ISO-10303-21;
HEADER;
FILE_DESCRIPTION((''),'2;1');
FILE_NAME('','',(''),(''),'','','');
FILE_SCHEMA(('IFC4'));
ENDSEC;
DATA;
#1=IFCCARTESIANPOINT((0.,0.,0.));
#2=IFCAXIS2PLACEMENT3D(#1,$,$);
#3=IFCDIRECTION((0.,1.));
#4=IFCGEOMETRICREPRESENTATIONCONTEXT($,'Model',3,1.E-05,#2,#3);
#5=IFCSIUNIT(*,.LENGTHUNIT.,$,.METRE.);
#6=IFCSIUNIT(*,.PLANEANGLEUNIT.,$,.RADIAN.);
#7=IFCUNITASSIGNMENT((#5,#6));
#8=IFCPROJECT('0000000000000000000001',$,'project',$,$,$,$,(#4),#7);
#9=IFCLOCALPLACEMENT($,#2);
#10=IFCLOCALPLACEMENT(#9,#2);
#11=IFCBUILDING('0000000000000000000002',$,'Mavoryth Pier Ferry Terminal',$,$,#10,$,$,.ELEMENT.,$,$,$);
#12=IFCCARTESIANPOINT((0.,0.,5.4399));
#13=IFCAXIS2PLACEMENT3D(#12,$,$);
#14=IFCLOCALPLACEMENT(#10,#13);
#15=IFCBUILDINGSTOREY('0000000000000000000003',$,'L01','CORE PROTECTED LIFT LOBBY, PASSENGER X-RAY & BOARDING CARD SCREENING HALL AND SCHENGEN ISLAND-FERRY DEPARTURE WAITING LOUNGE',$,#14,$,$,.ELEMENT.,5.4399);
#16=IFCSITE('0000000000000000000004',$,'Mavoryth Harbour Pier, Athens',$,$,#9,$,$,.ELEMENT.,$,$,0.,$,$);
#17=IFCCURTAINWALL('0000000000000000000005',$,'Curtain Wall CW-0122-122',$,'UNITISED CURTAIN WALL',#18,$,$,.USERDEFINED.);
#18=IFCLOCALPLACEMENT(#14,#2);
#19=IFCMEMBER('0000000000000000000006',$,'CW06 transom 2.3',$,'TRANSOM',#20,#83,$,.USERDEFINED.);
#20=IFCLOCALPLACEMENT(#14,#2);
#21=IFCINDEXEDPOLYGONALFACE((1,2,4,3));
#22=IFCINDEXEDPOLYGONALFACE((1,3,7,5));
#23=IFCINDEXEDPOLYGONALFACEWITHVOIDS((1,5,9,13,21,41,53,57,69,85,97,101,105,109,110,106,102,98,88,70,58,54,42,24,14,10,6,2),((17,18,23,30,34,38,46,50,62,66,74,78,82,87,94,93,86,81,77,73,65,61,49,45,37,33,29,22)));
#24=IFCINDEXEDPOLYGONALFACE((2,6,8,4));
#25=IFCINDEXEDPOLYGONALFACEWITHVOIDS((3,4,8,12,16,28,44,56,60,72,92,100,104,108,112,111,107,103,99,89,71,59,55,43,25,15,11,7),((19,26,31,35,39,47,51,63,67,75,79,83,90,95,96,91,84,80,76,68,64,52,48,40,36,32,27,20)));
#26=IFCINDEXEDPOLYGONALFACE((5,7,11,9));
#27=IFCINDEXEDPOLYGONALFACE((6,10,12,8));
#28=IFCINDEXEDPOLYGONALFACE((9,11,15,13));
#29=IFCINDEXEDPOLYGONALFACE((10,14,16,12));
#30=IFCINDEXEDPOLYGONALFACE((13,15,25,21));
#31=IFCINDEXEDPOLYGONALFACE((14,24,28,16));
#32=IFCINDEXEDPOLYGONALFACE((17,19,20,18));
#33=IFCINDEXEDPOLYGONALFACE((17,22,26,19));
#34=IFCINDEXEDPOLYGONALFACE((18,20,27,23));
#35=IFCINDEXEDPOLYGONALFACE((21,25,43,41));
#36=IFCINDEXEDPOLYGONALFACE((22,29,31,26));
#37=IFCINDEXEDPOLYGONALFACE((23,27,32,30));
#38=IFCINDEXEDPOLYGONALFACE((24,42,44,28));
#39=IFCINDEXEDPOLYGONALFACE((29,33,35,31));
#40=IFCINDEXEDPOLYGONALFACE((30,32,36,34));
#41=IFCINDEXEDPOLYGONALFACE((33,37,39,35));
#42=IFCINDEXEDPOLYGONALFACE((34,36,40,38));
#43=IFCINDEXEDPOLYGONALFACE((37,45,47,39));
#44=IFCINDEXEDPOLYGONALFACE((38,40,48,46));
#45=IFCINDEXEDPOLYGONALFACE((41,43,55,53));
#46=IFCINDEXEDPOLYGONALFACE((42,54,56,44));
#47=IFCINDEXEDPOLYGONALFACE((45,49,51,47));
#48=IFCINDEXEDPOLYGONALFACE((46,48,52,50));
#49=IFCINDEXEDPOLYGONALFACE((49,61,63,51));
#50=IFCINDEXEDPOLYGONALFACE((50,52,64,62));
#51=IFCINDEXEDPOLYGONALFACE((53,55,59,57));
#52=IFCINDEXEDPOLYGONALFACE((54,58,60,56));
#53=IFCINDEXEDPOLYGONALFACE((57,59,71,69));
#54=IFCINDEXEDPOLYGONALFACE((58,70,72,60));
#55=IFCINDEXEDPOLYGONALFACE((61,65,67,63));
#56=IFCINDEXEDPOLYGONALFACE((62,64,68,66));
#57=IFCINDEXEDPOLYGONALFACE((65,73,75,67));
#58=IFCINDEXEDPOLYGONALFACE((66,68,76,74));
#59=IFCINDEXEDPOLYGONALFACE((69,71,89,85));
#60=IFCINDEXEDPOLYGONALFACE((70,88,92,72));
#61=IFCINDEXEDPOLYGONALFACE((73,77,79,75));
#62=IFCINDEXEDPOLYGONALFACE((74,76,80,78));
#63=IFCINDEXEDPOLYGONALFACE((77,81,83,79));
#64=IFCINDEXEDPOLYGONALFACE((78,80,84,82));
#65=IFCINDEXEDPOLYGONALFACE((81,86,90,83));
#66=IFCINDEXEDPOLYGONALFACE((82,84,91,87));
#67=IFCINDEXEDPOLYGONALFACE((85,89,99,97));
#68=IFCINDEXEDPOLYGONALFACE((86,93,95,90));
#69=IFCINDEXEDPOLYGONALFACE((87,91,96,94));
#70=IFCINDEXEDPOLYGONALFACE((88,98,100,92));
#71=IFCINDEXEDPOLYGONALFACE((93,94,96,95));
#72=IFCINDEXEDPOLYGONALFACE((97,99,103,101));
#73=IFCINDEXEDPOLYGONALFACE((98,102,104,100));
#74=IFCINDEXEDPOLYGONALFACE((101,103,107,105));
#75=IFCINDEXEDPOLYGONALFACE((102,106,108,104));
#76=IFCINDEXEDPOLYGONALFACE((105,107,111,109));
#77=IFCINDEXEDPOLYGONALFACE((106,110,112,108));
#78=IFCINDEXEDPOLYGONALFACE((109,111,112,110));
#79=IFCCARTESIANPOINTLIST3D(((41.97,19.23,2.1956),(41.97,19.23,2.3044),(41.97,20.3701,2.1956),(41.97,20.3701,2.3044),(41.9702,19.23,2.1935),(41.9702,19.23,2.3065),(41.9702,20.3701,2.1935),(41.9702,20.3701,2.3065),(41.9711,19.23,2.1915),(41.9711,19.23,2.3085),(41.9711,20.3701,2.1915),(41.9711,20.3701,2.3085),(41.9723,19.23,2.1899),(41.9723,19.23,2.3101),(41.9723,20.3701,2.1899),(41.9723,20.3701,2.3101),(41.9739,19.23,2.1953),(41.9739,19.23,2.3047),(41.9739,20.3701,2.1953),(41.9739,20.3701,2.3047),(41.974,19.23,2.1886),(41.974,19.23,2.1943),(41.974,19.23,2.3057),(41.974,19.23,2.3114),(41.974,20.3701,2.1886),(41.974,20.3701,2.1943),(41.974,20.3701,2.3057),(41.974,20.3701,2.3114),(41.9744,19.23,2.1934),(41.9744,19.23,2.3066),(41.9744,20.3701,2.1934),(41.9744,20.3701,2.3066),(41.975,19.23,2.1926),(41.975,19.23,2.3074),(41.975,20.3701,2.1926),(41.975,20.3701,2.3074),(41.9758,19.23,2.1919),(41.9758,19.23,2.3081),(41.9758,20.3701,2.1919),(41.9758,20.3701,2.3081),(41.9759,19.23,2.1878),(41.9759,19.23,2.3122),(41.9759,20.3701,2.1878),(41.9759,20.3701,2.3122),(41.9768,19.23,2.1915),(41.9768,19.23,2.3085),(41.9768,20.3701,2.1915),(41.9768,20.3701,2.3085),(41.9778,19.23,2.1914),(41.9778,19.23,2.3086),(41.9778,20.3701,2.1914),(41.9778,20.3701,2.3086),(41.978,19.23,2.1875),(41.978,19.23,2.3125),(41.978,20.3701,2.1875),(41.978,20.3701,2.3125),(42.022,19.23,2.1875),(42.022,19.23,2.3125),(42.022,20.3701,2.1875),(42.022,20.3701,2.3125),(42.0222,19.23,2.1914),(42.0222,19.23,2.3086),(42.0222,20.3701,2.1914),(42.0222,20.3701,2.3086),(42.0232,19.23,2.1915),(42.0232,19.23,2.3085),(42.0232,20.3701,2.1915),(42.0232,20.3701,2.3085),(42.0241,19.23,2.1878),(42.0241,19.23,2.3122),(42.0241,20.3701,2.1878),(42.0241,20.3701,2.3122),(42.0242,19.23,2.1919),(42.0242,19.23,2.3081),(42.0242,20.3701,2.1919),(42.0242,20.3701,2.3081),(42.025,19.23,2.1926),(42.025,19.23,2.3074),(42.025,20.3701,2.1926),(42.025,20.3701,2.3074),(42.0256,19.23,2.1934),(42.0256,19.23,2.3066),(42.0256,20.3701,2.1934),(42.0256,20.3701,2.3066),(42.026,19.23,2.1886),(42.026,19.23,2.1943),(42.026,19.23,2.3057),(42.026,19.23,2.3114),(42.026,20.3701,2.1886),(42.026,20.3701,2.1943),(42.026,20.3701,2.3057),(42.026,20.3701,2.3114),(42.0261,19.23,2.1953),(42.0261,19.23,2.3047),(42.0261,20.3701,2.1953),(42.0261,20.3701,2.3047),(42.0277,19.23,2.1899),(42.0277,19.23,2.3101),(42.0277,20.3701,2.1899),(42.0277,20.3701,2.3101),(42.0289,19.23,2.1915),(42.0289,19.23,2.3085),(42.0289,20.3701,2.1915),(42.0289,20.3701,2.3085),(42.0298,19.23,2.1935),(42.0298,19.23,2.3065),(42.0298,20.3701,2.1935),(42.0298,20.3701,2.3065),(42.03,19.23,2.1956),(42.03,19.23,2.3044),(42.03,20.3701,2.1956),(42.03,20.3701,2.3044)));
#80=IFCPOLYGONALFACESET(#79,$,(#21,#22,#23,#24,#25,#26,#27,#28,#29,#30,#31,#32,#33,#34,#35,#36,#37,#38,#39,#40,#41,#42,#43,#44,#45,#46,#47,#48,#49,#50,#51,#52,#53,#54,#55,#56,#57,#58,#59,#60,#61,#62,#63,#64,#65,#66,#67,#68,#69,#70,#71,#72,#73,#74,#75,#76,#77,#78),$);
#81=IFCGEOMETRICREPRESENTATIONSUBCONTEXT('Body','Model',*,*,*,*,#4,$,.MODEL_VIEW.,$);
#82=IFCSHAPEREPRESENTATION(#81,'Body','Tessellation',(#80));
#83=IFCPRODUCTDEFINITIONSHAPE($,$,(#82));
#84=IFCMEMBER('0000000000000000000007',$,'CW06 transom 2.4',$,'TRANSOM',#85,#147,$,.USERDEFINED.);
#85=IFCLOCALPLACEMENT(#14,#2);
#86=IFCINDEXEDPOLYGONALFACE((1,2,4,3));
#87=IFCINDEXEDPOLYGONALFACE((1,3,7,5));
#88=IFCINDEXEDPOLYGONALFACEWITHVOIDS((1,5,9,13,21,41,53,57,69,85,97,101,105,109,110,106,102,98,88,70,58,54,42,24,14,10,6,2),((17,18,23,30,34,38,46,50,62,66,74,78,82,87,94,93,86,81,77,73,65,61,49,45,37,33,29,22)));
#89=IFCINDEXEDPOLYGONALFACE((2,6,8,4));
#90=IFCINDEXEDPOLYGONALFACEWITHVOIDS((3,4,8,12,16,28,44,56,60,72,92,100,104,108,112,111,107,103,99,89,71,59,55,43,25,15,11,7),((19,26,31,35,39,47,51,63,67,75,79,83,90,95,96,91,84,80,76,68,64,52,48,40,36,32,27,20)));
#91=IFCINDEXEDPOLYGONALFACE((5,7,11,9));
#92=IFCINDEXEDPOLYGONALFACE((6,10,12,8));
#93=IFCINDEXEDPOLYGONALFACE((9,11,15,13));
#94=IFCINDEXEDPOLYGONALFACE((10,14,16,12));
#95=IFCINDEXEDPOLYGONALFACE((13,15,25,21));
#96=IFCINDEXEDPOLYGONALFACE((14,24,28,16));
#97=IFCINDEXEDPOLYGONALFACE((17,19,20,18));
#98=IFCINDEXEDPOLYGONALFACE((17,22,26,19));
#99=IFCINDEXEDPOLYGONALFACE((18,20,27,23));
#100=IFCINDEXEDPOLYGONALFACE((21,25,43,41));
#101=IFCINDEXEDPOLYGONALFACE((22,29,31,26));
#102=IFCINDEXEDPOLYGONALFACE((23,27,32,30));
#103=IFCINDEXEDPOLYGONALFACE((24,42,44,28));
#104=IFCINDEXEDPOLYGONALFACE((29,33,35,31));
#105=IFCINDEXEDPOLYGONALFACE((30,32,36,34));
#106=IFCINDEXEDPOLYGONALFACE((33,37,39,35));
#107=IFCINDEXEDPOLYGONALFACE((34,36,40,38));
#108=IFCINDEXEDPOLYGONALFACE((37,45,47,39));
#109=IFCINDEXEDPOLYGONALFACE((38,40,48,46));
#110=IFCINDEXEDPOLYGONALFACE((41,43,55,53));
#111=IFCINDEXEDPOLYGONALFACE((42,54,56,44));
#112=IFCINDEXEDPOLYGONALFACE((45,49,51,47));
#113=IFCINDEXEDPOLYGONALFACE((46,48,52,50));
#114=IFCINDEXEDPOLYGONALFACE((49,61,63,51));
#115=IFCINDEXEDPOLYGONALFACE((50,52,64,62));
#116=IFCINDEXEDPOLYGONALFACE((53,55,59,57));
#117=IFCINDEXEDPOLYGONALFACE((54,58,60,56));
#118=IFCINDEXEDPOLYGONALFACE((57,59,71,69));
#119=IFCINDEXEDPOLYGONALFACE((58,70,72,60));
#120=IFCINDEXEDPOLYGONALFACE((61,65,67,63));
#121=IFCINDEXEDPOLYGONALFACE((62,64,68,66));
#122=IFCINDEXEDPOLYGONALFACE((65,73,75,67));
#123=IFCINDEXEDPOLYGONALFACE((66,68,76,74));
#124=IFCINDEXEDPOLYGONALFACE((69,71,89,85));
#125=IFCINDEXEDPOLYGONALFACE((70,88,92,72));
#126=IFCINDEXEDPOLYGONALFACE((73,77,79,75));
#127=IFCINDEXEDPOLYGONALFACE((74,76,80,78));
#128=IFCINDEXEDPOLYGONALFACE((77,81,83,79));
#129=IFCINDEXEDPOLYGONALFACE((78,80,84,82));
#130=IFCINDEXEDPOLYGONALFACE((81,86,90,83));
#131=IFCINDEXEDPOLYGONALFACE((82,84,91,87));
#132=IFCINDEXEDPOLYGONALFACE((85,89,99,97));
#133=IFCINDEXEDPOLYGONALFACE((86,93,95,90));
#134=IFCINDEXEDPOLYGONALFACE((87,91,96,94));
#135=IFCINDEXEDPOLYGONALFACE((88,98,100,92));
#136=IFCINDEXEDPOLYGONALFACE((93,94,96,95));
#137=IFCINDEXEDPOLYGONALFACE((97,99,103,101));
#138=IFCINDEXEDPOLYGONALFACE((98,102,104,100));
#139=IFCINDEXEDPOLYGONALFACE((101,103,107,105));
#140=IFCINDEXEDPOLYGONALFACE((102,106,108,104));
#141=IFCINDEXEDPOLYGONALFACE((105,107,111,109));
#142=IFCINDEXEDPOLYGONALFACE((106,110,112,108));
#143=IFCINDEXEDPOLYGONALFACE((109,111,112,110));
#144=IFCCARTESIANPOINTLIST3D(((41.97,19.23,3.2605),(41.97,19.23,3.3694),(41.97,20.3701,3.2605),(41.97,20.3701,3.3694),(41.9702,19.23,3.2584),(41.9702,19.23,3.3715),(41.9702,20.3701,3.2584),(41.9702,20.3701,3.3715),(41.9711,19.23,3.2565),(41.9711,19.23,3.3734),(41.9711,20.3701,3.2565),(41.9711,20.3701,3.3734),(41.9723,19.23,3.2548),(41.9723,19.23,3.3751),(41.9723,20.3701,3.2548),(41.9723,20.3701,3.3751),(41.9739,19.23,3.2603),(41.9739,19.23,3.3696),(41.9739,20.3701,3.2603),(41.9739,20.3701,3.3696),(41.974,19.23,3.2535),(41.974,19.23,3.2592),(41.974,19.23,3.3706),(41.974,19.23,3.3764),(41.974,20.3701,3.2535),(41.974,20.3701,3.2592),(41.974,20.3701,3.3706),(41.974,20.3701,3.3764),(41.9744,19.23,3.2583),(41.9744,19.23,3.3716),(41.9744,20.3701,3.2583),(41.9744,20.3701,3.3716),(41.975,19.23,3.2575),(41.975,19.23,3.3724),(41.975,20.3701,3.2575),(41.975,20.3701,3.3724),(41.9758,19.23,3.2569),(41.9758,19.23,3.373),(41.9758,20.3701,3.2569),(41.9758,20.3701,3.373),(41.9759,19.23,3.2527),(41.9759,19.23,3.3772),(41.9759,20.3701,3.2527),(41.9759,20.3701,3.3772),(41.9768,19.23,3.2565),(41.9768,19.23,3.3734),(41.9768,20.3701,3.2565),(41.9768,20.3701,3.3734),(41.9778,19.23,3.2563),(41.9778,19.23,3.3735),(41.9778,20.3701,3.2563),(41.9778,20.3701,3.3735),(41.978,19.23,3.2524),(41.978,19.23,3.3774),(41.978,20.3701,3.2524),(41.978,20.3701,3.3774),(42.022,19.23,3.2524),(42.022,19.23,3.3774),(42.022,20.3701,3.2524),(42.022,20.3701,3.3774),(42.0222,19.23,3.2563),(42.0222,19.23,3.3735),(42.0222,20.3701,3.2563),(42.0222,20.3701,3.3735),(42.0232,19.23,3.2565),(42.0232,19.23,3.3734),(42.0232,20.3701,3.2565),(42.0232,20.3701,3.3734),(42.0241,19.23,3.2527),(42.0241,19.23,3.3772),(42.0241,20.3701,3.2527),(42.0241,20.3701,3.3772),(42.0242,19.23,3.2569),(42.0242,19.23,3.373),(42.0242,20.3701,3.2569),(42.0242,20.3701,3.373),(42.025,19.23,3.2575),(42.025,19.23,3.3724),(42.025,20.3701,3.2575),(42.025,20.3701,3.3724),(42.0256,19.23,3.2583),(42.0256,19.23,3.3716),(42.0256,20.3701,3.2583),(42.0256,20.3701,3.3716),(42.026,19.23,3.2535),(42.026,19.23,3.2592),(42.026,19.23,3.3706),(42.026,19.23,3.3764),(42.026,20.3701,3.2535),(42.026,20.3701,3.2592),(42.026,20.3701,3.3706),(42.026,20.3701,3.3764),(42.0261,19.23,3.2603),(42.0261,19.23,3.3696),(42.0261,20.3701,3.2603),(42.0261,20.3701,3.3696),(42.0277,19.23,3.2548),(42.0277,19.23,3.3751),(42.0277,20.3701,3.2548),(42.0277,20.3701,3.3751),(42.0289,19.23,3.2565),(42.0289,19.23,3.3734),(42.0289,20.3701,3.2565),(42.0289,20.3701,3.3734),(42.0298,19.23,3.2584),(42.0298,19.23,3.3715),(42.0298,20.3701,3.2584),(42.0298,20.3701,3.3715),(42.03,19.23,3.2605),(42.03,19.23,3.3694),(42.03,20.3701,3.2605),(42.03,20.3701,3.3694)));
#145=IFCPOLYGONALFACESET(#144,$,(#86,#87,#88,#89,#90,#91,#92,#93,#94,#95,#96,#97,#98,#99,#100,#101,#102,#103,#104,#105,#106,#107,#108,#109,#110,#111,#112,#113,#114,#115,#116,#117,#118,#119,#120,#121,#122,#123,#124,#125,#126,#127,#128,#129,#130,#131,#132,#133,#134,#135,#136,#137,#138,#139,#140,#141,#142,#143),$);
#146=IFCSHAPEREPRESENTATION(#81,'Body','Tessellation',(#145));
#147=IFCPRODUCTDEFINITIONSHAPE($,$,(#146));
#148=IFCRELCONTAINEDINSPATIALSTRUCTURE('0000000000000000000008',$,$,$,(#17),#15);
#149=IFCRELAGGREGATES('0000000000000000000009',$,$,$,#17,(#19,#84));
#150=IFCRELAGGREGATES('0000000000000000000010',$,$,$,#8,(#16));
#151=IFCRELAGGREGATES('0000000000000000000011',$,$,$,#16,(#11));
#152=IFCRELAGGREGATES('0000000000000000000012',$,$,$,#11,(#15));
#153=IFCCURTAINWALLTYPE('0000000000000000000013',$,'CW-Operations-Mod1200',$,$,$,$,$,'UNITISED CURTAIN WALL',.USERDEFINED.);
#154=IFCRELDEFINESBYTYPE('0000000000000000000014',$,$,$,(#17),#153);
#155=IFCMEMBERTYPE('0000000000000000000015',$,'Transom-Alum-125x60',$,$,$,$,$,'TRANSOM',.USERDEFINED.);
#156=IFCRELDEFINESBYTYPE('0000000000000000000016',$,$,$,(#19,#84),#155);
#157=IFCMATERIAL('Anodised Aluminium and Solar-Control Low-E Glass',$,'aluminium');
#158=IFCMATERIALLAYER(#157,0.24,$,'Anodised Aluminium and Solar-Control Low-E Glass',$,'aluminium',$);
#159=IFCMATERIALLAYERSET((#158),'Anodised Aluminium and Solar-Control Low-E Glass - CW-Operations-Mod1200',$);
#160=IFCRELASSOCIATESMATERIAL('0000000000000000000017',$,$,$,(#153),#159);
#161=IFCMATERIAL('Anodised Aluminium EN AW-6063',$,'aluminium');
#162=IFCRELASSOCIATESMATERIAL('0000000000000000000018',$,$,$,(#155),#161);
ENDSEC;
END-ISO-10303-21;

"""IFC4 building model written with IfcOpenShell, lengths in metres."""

from ifc_helpers import new_model, si_unit, direction, frame, origin, origin_2d, place, context, subcontext, project, spatial, hollow_rectangle, extrude, material, layer, layer_set, material_profile, profile_set, type_object, element, aggregate, save


model = new_model("IFC4")

# Units and contexts
model_context = context("Model", 3, precision=1e-05, world=origin(), true_north=direction((0.0, 1.0)))
body_context = subcontext(model_context, "Body", "Model", "MODEL_VIEW")
ifc_project = project(units=[si_unit("LENGTHUNIT", "METRE"), si_unit("PLANEANGLEUNIT", "RADIAN")], contexts=[model_context])

# Site, building, storey
site_placement = place(None, origin())
site = spatial("IfcSite", under=ifc_project, at=site_placement, Name="Mavoryth Harbour Pier, Athens", CompositionType="ELEMENT", RefElevation=0.0)
building_placement = place(site_placement, origin())
building = spatial("IfcBuilding", under=site, at=building_placement, Name="Mavoryth Pier Ferry Terminal", CompositionType="ELEMENT")
storey_placement = place(building_placement, frame((0.0, 0.0, 5.4399)))
storey = spatial("IfcBuildingStorey", under=building, at=storey_placement, Name="L01", Description="CORE PROTECTED LIFT LOBBY, PASSENGER X-RAY & BOARDING CARD SCREENING HALL AND SCHENGEN ISLAND-FERRY DEPARTURE WAITING LOUNGE", CompositionType="ELEMENT", Elevation=5.4399)

# Curtain wall, members
ifc_material_1 = material(Name="Anodised Aluminium and Solar-Control Low-E Glass", Category="aluminium")
ifc_layer_1 = layer(ifc_material_1, 0.24, Name="Anodised Aluminium and Solar-Control Low-E Glass", Category="aluminium")
ifc_layer_set_1 = layer_set([ifc_layer_1], Name="Anodised Aluminium and Solar-Control Low-E Glass - CW-Operations-Mod1200")
curtain_wall_type = type_object("IfcCurtainWallType", Name="CW-Operations-Mod1200", ElementType="UNITISED CURTAIN WALL", PredefinedType="USERDEFINED", material=ifc_layer_set_1)
curtain_wall_placement = place(storey_placement, origin())
curtain_wall = element("IfcCurtainWall", 1, at=curtain_wall_placement, inside=storey, type_object=curtain_wall_type, Name="Curtain Wall CW-0122-122", ObjectType="UNITISED CURTAIN WALL", PredefinedType="USERDEFINED")
ifc_material_2 = material(Name="Anodised Aluminium EN AW-6063", Category="aluminium")
ifc_material_profile_1 = material_profile(ifc_material_2, hollow_rectangle(XDim=0.0601, YDim=0.125, WallThickness=0.0039, InnerFilletRadius=0.0039, OuterFilletRadius=0.0081, at=origin_2d()), Name="AL-TRAN 125x60x4", Category="aluminium")
ifc_profile_set_1 = profile_set([ifc_material_profile_1], Name="Anodised Aluminium EN AW-6063 - AL-TRAN 125x60x4")
member_type_1 = type_object("IfcMemberType", Name="Transom-Alum-125x60", ElementType="TRANSOM", PredefinedType="USERDEFINED", material=ifc_profile_set_1)
member_1_placement = place(storey_placement, frame((42.0, 20.3701, 2.25), z_axis=(0.0, -1.0, 0.0), x_axis=(1.0, 0.0, 0.0)))
member_1 = element("IfcMember", 2, at=member_1_placement, type_object=member_type_1, Name="CW06 transom 2.3", ObjectType="TRANSOM", PredefinedType="USERDEFINED", context=body_context, shape_type="SweptSolid", body=[
    extrude(hollow_rectangle(XDim=0.0601, YDim=0.125, WallThickness=0.0039, InnerFilletRadius=0.0039, OuterFilletRadius=0.0081, at=origin_2d()), origin(), (0.0, 0.0, 1.0), 1.1401),
])
member_2_placement = place(storey_placement, frame((42.0, 20.3701, 3.3149), z_axis=(0.0, -1.0, 0.0), x_axis=(1.0, 0.0, 0.0)))
member_2 = element("IfcMember", 3, at=member_2_placement, type_object=member_type_1, Name="CW06 transom 2.4", ObjectType="TRANSOM", PredefinedType="USERDEFINED", context=body_context, shape_type="SweptSolid", body=[
    extrude(hollow_rectangle(XDim=0.0601, YDim=0.125, WallThickness=0.0039, InnerFilletRadius=0.0039, OuterFilletRadius=0.0081, at=origin_2d()), origin(), (0.0, 0.0, 1.0), 1.1401),
])
aggregate(curtain_wall, [member_1, member_2])

save(model, "model.ifc")
